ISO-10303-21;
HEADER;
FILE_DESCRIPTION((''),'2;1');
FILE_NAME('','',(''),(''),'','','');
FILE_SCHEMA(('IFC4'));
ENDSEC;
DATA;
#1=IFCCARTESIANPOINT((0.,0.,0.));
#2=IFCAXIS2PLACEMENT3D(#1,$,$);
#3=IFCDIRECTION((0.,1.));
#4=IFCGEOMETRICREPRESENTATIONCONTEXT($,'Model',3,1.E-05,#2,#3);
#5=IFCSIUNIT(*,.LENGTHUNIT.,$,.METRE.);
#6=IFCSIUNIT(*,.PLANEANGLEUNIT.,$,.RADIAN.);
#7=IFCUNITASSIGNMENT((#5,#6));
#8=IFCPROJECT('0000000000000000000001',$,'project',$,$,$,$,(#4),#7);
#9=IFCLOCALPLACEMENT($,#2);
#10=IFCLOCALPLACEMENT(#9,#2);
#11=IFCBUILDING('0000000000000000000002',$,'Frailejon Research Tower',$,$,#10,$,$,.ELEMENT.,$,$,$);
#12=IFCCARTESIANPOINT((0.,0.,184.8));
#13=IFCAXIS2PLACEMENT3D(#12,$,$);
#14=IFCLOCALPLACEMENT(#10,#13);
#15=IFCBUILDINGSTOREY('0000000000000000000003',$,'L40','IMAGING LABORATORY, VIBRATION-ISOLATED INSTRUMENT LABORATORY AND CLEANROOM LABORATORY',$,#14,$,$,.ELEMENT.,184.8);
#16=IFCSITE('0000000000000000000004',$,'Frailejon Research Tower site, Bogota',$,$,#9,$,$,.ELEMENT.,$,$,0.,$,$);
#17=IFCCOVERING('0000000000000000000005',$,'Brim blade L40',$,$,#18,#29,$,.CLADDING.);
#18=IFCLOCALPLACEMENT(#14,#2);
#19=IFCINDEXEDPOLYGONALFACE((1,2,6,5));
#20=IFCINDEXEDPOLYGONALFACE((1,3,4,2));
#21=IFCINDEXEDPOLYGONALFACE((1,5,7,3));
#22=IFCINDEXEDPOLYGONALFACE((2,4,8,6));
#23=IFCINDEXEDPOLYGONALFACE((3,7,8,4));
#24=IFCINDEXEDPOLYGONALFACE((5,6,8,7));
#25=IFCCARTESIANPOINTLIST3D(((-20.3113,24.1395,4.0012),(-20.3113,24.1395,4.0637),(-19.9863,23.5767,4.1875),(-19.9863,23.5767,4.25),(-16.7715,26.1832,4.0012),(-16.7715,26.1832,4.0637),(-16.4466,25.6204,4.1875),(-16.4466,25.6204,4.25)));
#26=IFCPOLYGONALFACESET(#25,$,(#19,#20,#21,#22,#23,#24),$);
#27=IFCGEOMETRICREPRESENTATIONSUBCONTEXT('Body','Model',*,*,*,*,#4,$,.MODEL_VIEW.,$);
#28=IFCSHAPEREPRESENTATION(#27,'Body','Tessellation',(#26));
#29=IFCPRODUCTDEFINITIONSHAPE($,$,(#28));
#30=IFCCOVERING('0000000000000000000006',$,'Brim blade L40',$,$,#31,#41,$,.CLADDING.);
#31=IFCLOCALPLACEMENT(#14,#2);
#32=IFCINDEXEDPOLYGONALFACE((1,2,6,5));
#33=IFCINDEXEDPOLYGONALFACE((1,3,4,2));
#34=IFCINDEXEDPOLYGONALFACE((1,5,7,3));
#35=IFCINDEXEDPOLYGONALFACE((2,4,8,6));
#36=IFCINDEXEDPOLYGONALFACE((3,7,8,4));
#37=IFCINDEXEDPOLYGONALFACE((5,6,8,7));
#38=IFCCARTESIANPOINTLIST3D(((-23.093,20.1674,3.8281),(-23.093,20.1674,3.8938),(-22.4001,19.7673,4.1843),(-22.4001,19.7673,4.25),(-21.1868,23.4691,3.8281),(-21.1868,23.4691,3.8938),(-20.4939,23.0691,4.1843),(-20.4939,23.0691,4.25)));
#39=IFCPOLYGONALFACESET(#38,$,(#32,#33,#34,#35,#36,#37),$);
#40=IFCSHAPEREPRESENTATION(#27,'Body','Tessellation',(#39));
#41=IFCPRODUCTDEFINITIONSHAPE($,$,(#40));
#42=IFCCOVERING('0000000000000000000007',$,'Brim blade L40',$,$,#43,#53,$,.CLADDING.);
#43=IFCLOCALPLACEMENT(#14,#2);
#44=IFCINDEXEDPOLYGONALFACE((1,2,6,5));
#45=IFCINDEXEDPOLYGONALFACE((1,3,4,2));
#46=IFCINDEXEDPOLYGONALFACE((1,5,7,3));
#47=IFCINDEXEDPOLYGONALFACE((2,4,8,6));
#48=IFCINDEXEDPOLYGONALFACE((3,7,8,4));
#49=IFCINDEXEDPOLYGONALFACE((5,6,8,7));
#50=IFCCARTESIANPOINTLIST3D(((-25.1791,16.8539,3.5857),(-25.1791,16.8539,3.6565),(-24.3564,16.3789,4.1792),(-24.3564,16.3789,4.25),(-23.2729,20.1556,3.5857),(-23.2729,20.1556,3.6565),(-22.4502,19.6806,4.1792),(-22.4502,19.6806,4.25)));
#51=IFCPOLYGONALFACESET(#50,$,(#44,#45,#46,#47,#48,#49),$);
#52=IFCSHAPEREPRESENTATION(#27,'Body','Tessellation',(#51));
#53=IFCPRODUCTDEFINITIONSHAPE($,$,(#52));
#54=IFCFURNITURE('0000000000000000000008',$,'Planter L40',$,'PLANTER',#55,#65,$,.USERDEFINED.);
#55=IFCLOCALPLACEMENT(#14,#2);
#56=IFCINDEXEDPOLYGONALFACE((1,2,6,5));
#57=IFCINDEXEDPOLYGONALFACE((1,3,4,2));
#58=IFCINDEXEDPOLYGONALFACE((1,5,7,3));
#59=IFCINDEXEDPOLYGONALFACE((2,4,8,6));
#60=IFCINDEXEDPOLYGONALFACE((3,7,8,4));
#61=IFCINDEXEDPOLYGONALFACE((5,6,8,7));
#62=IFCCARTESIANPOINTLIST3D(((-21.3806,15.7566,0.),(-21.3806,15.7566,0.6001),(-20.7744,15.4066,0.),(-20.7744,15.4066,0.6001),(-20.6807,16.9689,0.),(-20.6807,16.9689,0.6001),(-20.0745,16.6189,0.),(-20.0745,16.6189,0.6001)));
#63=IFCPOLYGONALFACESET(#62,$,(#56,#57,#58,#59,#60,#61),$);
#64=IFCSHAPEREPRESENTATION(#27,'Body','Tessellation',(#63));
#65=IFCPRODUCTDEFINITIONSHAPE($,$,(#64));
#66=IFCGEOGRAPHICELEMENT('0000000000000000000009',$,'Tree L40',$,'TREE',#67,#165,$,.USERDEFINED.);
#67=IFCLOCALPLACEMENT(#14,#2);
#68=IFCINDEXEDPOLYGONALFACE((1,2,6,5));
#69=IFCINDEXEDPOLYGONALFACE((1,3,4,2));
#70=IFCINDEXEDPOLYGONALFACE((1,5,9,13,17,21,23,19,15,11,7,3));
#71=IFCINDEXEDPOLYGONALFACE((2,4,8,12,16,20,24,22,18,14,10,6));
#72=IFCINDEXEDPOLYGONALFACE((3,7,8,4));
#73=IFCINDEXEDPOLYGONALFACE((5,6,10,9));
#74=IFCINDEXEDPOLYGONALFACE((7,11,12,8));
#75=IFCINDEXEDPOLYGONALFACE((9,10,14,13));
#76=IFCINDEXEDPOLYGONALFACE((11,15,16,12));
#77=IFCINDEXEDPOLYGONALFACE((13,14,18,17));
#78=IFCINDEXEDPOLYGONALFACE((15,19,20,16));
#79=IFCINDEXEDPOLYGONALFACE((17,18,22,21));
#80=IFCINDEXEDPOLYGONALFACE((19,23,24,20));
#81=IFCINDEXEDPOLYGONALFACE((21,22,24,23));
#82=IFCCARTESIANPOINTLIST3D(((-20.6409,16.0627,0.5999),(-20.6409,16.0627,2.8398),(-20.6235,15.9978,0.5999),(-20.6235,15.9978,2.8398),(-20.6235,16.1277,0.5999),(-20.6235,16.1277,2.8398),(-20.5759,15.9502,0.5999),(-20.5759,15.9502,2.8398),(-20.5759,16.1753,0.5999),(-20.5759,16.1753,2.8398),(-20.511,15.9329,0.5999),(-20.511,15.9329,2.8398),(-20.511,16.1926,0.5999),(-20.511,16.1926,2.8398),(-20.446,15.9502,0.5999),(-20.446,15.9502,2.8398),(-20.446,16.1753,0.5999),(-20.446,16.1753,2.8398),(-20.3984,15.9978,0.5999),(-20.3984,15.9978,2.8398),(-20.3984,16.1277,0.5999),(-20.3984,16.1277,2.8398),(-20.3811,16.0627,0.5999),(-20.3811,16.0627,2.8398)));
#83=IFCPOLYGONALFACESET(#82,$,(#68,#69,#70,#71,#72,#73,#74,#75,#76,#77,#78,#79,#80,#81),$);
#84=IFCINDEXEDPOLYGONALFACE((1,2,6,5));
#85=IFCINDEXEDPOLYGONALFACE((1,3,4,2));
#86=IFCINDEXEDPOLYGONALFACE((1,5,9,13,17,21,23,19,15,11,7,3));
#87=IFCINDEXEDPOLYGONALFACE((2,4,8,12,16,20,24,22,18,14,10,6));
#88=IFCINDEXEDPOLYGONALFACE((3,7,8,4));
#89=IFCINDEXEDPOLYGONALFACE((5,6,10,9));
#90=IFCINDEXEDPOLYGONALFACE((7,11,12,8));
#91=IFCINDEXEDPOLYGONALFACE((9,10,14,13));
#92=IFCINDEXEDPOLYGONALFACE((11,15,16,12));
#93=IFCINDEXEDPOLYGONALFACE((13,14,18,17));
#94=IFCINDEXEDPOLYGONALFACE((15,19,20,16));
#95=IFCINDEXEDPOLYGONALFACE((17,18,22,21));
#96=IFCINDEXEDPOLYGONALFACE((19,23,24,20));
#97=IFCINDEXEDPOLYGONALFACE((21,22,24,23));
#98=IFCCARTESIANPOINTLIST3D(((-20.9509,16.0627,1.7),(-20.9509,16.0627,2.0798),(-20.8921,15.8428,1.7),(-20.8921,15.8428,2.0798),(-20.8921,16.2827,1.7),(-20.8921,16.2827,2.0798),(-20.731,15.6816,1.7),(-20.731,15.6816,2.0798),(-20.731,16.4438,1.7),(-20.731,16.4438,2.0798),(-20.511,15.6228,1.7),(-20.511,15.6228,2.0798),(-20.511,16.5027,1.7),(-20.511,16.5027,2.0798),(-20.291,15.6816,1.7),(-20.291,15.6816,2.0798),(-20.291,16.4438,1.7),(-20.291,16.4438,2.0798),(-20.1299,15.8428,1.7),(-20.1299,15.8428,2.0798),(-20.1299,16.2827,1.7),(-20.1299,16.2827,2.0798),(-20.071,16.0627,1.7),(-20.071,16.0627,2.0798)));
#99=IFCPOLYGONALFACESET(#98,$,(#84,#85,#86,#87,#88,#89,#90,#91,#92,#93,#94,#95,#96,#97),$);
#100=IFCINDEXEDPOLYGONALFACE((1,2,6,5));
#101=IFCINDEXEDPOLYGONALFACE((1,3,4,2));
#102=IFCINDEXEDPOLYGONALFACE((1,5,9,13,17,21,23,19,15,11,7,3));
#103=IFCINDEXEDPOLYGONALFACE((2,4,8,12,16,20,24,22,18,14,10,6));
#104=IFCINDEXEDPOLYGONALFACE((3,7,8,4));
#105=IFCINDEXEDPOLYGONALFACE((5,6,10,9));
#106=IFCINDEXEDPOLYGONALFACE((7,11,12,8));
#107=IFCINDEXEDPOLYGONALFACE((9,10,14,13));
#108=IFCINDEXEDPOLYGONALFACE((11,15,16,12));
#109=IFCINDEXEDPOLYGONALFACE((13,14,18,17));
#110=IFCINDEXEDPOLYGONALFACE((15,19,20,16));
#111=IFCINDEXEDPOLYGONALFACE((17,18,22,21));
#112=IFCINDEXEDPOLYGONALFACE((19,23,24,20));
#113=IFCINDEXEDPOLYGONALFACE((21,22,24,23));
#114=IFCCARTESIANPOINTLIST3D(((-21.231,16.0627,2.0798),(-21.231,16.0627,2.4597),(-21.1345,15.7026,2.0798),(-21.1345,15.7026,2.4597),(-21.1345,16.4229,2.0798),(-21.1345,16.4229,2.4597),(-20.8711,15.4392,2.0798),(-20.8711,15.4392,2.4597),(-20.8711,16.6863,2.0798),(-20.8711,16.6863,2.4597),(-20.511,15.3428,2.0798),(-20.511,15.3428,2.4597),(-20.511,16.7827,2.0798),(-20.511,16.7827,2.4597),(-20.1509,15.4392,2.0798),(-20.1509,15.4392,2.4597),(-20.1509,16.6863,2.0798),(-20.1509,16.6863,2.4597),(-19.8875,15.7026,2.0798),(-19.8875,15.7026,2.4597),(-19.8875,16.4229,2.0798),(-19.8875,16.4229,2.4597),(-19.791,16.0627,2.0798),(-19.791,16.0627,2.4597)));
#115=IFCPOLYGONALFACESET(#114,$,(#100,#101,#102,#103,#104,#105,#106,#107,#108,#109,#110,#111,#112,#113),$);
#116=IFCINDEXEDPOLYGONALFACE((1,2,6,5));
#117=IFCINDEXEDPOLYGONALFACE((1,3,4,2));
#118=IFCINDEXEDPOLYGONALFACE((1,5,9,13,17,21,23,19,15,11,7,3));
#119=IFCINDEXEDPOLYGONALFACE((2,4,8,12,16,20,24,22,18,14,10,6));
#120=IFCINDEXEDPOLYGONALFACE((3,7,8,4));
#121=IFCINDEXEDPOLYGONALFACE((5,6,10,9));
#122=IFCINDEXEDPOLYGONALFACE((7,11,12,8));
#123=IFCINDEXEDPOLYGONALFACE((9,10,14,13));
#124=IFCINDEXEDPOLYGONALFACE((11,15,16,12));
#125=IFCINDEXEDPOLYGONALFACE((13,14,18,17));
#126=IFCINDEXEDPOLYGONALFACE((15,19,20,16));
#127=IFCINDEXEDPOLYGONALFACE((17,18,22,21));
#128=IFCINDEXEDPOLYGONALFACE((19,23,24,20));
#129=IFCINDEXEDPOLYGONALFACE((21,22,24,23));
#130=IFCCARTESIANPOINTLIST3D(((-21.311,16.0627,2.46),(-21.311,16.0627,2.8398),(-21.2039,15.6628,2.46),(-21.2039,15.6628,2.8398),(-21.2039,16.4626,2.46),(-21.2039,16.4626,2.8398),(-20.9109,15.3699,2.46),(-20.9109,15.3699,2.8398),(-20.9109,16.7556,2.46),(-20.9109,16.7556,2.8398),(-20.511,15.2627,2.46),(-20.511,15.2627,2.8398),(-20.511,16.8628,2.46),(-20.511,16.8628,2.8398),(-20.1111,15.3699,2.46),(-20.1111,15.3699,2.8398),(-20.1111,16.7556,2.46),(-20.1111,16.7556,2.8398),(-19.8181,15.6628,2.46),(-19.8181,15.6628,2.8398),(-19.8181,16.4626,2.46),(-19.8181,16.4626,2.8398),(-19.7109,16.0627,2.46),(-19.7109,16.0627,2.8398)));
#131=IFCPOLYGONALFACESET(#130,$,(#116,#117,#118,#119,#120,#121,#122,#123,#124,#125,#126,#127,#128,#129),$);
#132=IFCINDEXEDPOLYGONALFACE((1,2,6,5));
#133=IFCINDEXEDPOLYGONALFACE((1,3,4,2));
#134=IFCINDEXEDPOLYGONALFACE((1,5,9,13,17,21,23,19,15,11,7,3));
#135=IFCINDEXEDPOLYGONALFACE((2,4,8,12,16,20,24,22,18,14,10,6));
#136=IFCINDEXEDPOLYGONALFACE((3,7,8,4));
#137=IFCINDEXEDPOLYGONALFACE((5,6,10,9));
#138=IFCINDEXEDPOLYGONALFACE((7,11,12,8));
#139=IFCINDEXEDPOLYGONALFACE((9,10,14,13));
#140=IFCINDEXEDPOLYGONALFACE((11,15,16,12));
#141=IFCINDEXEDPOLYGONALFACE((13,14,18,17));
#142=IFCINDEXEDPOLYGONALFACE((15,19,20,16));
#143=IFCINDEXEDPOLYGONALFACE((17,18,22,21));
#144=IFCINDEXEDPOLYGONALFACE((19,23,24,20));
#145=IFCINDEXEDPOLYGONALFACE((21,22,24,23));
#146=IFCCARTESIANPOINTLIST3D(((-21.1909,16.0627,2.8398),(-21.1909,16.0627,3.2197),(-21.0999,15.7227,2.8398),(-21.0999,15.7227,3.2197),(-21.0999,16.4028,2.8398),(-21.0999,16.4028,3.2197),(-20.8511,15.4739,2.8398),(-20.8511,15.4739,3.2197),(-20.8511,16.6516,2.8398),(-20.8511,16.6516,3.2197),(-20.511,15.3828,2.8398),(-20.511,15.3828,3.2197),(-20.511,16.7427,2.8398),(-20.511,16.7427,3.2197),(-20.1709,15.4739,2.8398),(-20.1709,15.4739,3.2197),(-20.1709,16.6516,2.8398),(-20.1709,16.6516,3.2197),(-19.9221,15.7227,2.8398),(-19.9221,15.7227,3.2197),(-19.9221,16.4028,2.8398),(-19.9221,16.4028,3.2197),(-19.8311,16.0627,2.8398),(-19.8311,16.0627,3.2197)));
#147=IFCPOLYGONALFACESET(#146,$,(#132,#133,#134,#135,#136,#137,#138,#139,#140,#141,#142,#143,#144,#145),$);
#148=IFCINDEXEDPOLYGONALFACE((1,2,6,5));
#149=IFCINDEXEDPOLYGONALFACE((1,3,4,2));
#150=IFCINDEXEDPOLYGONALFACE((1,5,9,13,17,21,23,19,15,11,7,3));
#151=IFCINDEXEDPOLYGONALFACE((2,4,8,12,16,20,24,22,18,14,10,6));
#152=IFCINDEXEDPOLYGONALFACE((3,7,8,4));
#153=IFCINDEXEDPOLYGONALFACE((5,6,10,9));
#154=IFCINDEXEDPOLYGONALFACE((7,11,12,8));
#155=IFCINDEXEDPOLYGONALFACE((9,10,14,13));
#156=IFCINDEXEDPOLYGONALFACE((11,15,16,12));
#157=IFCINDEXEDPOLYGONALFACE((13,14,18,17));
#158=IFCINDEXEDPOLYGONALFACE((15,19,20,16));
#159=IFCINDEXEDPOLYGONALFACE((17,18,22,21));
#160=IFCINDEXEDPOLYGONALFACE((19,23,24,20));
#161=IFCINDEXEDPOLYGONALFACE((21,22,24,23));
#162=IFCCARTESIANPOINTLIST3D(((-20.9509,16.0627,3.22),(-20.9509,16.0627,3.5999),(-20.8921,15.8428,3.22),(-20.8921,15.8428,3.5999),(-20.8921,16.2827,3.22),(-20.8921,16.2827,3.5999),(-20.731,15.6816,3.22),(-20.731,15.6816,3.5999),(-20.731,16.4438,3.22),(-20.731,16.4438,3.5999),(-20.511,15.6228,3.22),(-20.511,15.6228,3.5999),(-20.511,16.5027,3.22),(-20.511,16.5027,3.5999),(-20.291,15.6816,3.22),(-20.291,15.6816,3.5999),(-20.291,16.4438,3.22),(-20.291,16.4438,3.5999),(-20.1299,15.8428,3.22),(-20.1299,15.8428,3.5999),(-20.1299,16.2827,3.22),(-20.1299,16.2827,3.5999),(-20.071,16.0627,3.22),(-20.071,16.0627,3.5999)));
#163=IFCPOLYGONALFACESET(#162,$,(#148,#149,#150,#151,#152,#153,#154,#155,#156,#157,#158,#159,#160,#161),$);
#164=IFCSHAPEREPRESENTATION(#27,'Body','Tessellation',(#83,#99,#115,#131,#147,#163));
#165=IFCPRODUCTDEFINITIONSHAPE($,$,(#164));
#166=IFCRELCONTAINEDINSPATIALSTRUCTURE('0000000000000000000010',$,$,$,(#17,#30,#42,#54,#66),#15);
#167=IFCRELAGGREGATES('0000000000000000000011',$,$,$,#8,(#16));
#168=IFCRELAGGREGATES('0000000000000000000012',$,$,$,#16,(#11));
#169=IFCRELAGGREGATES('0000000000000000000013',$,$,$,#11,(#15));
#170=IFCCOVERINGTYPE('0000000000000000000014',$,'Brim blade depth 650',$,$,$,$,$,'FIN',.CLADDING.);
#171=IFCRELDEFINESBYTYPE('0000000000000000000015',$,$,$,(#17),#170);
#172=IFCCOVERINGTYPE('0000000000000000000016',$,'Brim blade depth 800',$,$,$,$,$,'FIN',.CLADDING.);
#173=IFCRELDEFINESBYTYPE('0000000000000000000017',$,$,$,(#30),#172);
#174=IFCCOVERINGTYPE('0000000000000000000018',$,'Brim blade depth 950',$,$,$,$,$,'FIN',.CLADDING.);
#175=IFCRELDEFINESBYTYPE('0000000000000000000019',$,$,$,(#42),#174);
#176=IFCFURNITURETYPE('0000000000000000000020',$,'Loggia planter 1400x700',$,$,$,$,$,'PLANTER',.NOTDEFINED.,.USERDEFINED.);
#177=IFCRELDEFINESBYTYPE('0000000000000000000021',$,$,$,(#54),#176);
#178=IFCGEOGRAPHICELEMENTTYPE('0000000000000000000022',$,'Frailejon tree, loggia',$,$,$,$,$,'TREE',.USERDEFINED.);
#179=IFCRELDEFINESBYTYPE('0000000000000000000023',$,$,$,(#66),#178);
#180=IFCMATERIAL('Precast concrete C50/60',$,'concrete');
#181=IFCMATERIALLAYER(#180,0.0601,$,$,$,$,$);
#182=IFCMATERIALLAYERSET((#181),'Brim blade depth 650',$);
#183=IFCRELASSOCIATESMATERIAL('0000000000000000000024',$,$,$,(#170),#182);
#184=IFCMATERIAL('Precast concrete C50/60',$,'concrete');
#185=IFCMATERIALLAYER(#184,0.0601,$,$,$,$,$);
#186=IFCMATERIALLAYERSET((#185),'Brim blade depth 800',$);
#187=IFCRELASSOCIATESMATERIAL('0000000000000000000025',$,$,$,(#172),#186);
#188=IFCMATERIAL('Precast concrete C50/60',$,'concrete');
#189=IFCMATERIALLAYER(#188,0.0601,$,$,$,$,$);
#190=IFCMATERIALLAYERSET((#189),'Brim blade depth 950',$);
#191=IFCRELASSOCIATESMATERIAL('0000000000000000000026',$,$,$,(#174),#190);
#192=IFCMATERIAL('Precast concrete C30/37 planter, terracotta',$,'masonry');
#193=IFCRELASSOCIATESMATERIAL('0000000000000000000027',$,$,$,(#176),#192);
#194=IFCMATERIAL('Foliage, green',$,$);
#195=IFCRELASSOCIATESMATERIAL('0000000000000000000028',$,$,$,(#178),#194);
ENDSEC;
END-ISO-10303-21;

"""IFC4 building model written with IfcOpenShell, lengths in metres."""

from ifc_helpers import new_model, si_unit, direction, frame, origin, origin_2d, place, context, subcontext, project, spatial, polyline, rectangle, outline, extrude, material, layer, layer_set, type_object, element, save


model = new_model("IFC4")

# Units and contexts
model_context = context("Model", 3, precision=1e-05, world=origin(), true_north=direction((0.0, 1.0)))
body_context = subcontext(model_context, "Body", "Model", "MODEL_VIEW")
ifc_project = project(units=[si_unit("LENGTHUNIT", "METRE"), si_unit("PLANEANGLEUNIT", "RADIAN")], contexts=[model_context])

# Site, building, storey
site_placement = place(None, origin())
site = spatial("IfcSite", under=ifc_project, at=site_placement, Name="Frailejon Research Tower site, Bogota", CompositionType="ELEMENT", RefElevation=0.0)
building_placement = place(site_placement, origin())
building = spatial("IfcBuilding", under=site, at=building_placement, Name="Frailejon Research Tower", CompositionType="ELEMENT")
storey_placement = place(building_placement, frame((0.0, 0.0, 184.8)))
storey = spatial("IfcBuildingStorey", under=building, at=storey_placement, Name="L40", Description="IMAGING LABORATORY, VIBRATION-ISOLATED INSTRUMENT LABORATORY AND CLEANROOM LABORATORY", CompositionType="ELEMENT", Elevation=184.8)

# Coverings
ifc_material_1 = material(Name="Precast concrete C50/60", Category="concrete")
ifc_layer_1 = layer(ifc_material_1, 0.0601)
ifc_layer_set_1 = layer_set([ifc_layer_1], Name="Brim blade depth 650")
covering_type_1 = type_object("IfcCoveringType", Name="Brim blade depth 650", ElementType="FIN", PredefinedType="CLADDING", material=ifc_layer_set_1)
covering_1_placement = place(storey_placement, frame((-19.9863, 23.5767, 4.25), z_axis=(0.866021, 0.500007, 0.0), x_axis=(-0.500007, 0.866021, 0.0)))
element("IfcCovering", 1, at=covering_1_placement, inside=storey, type_object=covering_type_1, Name="Brim blade L40", PredefinedType="CLADDING", context=body_context, shape_type="SweptSolid", body=[
    extrude(outline(polyline([(0.0, -0.0625), (0.6499, -0.2488), (0.6499, -0.1863), (0.0, 0.0), (0.0, -0.0625)])), origin(), (0.0, 0.0, 1.0), 4.0874),
])
ifc_material_2 = material(Name="Precast concrete C50/60", Category="concrete")
ifc_layer_2 = layer(ifc_material_2, 0.0601)
ifc_layer_set_2 = layer_set([ifc_layer_2], Name="Brim blade depth 800")
covering_type_2 = type_object("IfcCoveringType", Name="Brim blade depth 800", ElementType="FIN", PredefinedType="CLADDING", material=ifc_layer_set_2)
covering_2_placement = place(storey_placement, frame((-22.4001, 19.7673, 4.25), z_axis=(0.500001, 0.866025, 0.0), x_axis=(-0.866025, 0.500001, 0.0)))
element("IfcCovering", 2, at=covering_2_placement, inside=storey, type_object=covering_type_2, Name="Brim blade L40", PredefinedType="CLADDING", context=body_context, shape_type="SweptSolid", body=[
    extrude(outline(polyline([(0.0, -0.0657), (0.8, -0.4219), (0.8, -0.3562), (0.0, 0.0), (0.0, -0.0657)])), origin(), (0.0, 0.0, 1.0), 3.8125),
])
ifc_material_3 = material(Name="Precast concrete C50/60", Category="concrete")
ifc_layer_3 = layer(ifc_material_3, 0.0601)
ifc_layer_set_3 = layer_set([ifc_layer_3], Name="Brim blade depth 950")
covering_type_3 = type_object("IfcCoveringType", Name="Brim blade depth 950", ElementType="FIN", PredefinedType="CLADDING", material=ifc_layer_set_3)
covering_3_placement = place(storey_placement, frame((-24.3564, 16.3789, 4.25), z_axis=(0.500001, 0.866025, 0.0), x_axis=(-0.866025, 0.500001, 0.0)))
element("IfcCovering", 3, at=covering_3_placement, inside=storey, type_object=covering_type_3, Name="Brim blade L40", PredefinedType="CLADDING", context=body_context, shape_type="SweptSolid", body=[
    extrude(outline(polyline([(0.0, -0.0708), (0.95, -0.6643), (0.95, -0.5935), (0.0, 0.0), (0.0, -0.0708)])), origin(), (0.0, 0.0, 1.0), 3.8125),
])

# Furniture
ifc_material_4 = material(Name="Precast concrete C30/37 planter, terracotta", Category="masonry")
furniture_type = type_object("IfcFurnitureType", Name="Loggia planter 1400x700", ElementType="PLANTER", AssemblyPlace="NOTDEFINED", PredefinedType="USERDEFINED", material=ifc_material_4)
furniture_placement = place(storey_placement, frame((-20.7275, 16.1877, 0.0), z_axis=(0.0, 0.0, 1.0), x_axis=(-0.5, -0.866025, 0.0)))
element("IfcFurniture", 4, at=furniture_placement, inside=storey, type_object=furniture_type, Name="Planter L40", ObjectType="PLANTER", PredefinedType="USERDEFINED", context=body_context, shape_type="SweptSolid", body=[
    extrude(rectangle(XDim=1.3999, YDim=0.7, at=origin_2d()), origin(), (0.0, 0.0, 1.0), 0.6001),
])

# Geographic element
ifc_material_5 = material(Name="Foliage, green")
geographic_element_type = type_object("IfcGeographicElementType", Name="Frailejon tree, loggia", ElementType="TREE", PredefinedType="USERDEFINED", material=ifc_material_5)
geographic_element_placement = place(storey_placement, frame((-20.511, 16.0627, 0.5999)))
element("IfcGeographicElement", 5, at=geographic_element_placement, inside=storey, type_object=geographic_element_type, Name="Tree L40", ObjectType="TREE", PredefinedType="USERDEFINED", context=body_context, shape_type="SweptSolid", body=[
    extrude(outline(polyline([(0.1299, 0.0), (0.1125, 0.0649), (0.0649, 0.1125), (0.0, 0.1299), (-0.0649, 0.1125), (-0.1125, 0.0649), (-0.1299, 0.0), (-0.1125, -0.0649), (-0.0649, -0.1125), (0.0, -0.1299), (0.0649, -0.1125), (0.1125, -0.0649), (0.1299, 0.0)])), origin(), (0.0, 0.0, 1.0), 2.24),
    extrude(outline(polyline([(0.4399, 0.0), (0.3811, 0.22), (0.22, 0.3811), (0.0, 0.4399), (-0.22, 0.3811), (-0.3811, 0.22), (-0.4399, 0.0), (-0.3811, -0.22), (-0.22, -0.3811), (0.0, -0.4399), (0.22, -0.3811), (0.3811, -0.22), (0.4399, 0.0)])), frame((0.0, 0.0, 1.1001)), (0.0, 0.0, 1.0), 0.3799),
    extrude(outline(polyline([(0.72, 0.0), (0.6235, 0.3601), (0.3601, 0.6235), (0.0, 0.72), (-0.3601, 0.6235), (-0.6235, 0.3601), (-0.72, 0.0), (-0.6235, -0.3601), (-0.3601, -0.6235), (0.0, -0.72), (0.3601, -0.6235), (0.6235, -0.3601), (0.72, 0.0)])), frame((0.0, 0.0, 1.48)), (0.0, 0.0, 1.0), 0.3799),
    extrude(outline(polyline([(0.8, 0.0), (0.6929, 0.3999), (0.3999, 0.6929), (0.0, 0.8), (-0.3999, 0.6929), (-0.6929, 0.3999), (-0.8, 0.0), (-0.6929, -0.3999), (-0.3999, -0.6929), (0.0, -0.8), (0.3999, -0.6929), (0.6929, -0.3999), (0.8, 0.0)])), frame((0.0, 0.0, 1.8601)), (0.0, 0.0, 1.0), 0.3799),
    extrude(outline(polyline([(0.6799, 0.0), (0.5889, 0.3401), (0.3401, 0.5889), (0.0, 0.6799), (-0.3401, 0.5889), (-0.5889, 0.3401), (-0.6799, 0.0), (-0.5889, -0.3401), (-0.3401, -0.5889), (0.0, -0.6799), (0.3401, -0.5889), (0.5889, -0.3401), (0.6799, 0.0)])), frame((0.0, 0.0, 2.24)), (0.0, 0.0, 1.0), 0.3799),
    extrude(outline(polyline([(0.4399, 0.0), (0.3811, 0.22), (0.22, 0.3811), (0.0, 0.4399), (-0.22, 0.3811), (-0.3811, 0.22), (-0.4399, 0.0), (-0.3811, -0.22), (-0.22, -0.3811), (0.0, -0.4399), (0.22, -0.3811), (0.3811, -0.22), (0.4399, 0.0)])), frame((0.0, 0.0, 2.6201)), (0.0, 0.0, 1.0), 0.3799),
])

save(model, "model.ifc")
